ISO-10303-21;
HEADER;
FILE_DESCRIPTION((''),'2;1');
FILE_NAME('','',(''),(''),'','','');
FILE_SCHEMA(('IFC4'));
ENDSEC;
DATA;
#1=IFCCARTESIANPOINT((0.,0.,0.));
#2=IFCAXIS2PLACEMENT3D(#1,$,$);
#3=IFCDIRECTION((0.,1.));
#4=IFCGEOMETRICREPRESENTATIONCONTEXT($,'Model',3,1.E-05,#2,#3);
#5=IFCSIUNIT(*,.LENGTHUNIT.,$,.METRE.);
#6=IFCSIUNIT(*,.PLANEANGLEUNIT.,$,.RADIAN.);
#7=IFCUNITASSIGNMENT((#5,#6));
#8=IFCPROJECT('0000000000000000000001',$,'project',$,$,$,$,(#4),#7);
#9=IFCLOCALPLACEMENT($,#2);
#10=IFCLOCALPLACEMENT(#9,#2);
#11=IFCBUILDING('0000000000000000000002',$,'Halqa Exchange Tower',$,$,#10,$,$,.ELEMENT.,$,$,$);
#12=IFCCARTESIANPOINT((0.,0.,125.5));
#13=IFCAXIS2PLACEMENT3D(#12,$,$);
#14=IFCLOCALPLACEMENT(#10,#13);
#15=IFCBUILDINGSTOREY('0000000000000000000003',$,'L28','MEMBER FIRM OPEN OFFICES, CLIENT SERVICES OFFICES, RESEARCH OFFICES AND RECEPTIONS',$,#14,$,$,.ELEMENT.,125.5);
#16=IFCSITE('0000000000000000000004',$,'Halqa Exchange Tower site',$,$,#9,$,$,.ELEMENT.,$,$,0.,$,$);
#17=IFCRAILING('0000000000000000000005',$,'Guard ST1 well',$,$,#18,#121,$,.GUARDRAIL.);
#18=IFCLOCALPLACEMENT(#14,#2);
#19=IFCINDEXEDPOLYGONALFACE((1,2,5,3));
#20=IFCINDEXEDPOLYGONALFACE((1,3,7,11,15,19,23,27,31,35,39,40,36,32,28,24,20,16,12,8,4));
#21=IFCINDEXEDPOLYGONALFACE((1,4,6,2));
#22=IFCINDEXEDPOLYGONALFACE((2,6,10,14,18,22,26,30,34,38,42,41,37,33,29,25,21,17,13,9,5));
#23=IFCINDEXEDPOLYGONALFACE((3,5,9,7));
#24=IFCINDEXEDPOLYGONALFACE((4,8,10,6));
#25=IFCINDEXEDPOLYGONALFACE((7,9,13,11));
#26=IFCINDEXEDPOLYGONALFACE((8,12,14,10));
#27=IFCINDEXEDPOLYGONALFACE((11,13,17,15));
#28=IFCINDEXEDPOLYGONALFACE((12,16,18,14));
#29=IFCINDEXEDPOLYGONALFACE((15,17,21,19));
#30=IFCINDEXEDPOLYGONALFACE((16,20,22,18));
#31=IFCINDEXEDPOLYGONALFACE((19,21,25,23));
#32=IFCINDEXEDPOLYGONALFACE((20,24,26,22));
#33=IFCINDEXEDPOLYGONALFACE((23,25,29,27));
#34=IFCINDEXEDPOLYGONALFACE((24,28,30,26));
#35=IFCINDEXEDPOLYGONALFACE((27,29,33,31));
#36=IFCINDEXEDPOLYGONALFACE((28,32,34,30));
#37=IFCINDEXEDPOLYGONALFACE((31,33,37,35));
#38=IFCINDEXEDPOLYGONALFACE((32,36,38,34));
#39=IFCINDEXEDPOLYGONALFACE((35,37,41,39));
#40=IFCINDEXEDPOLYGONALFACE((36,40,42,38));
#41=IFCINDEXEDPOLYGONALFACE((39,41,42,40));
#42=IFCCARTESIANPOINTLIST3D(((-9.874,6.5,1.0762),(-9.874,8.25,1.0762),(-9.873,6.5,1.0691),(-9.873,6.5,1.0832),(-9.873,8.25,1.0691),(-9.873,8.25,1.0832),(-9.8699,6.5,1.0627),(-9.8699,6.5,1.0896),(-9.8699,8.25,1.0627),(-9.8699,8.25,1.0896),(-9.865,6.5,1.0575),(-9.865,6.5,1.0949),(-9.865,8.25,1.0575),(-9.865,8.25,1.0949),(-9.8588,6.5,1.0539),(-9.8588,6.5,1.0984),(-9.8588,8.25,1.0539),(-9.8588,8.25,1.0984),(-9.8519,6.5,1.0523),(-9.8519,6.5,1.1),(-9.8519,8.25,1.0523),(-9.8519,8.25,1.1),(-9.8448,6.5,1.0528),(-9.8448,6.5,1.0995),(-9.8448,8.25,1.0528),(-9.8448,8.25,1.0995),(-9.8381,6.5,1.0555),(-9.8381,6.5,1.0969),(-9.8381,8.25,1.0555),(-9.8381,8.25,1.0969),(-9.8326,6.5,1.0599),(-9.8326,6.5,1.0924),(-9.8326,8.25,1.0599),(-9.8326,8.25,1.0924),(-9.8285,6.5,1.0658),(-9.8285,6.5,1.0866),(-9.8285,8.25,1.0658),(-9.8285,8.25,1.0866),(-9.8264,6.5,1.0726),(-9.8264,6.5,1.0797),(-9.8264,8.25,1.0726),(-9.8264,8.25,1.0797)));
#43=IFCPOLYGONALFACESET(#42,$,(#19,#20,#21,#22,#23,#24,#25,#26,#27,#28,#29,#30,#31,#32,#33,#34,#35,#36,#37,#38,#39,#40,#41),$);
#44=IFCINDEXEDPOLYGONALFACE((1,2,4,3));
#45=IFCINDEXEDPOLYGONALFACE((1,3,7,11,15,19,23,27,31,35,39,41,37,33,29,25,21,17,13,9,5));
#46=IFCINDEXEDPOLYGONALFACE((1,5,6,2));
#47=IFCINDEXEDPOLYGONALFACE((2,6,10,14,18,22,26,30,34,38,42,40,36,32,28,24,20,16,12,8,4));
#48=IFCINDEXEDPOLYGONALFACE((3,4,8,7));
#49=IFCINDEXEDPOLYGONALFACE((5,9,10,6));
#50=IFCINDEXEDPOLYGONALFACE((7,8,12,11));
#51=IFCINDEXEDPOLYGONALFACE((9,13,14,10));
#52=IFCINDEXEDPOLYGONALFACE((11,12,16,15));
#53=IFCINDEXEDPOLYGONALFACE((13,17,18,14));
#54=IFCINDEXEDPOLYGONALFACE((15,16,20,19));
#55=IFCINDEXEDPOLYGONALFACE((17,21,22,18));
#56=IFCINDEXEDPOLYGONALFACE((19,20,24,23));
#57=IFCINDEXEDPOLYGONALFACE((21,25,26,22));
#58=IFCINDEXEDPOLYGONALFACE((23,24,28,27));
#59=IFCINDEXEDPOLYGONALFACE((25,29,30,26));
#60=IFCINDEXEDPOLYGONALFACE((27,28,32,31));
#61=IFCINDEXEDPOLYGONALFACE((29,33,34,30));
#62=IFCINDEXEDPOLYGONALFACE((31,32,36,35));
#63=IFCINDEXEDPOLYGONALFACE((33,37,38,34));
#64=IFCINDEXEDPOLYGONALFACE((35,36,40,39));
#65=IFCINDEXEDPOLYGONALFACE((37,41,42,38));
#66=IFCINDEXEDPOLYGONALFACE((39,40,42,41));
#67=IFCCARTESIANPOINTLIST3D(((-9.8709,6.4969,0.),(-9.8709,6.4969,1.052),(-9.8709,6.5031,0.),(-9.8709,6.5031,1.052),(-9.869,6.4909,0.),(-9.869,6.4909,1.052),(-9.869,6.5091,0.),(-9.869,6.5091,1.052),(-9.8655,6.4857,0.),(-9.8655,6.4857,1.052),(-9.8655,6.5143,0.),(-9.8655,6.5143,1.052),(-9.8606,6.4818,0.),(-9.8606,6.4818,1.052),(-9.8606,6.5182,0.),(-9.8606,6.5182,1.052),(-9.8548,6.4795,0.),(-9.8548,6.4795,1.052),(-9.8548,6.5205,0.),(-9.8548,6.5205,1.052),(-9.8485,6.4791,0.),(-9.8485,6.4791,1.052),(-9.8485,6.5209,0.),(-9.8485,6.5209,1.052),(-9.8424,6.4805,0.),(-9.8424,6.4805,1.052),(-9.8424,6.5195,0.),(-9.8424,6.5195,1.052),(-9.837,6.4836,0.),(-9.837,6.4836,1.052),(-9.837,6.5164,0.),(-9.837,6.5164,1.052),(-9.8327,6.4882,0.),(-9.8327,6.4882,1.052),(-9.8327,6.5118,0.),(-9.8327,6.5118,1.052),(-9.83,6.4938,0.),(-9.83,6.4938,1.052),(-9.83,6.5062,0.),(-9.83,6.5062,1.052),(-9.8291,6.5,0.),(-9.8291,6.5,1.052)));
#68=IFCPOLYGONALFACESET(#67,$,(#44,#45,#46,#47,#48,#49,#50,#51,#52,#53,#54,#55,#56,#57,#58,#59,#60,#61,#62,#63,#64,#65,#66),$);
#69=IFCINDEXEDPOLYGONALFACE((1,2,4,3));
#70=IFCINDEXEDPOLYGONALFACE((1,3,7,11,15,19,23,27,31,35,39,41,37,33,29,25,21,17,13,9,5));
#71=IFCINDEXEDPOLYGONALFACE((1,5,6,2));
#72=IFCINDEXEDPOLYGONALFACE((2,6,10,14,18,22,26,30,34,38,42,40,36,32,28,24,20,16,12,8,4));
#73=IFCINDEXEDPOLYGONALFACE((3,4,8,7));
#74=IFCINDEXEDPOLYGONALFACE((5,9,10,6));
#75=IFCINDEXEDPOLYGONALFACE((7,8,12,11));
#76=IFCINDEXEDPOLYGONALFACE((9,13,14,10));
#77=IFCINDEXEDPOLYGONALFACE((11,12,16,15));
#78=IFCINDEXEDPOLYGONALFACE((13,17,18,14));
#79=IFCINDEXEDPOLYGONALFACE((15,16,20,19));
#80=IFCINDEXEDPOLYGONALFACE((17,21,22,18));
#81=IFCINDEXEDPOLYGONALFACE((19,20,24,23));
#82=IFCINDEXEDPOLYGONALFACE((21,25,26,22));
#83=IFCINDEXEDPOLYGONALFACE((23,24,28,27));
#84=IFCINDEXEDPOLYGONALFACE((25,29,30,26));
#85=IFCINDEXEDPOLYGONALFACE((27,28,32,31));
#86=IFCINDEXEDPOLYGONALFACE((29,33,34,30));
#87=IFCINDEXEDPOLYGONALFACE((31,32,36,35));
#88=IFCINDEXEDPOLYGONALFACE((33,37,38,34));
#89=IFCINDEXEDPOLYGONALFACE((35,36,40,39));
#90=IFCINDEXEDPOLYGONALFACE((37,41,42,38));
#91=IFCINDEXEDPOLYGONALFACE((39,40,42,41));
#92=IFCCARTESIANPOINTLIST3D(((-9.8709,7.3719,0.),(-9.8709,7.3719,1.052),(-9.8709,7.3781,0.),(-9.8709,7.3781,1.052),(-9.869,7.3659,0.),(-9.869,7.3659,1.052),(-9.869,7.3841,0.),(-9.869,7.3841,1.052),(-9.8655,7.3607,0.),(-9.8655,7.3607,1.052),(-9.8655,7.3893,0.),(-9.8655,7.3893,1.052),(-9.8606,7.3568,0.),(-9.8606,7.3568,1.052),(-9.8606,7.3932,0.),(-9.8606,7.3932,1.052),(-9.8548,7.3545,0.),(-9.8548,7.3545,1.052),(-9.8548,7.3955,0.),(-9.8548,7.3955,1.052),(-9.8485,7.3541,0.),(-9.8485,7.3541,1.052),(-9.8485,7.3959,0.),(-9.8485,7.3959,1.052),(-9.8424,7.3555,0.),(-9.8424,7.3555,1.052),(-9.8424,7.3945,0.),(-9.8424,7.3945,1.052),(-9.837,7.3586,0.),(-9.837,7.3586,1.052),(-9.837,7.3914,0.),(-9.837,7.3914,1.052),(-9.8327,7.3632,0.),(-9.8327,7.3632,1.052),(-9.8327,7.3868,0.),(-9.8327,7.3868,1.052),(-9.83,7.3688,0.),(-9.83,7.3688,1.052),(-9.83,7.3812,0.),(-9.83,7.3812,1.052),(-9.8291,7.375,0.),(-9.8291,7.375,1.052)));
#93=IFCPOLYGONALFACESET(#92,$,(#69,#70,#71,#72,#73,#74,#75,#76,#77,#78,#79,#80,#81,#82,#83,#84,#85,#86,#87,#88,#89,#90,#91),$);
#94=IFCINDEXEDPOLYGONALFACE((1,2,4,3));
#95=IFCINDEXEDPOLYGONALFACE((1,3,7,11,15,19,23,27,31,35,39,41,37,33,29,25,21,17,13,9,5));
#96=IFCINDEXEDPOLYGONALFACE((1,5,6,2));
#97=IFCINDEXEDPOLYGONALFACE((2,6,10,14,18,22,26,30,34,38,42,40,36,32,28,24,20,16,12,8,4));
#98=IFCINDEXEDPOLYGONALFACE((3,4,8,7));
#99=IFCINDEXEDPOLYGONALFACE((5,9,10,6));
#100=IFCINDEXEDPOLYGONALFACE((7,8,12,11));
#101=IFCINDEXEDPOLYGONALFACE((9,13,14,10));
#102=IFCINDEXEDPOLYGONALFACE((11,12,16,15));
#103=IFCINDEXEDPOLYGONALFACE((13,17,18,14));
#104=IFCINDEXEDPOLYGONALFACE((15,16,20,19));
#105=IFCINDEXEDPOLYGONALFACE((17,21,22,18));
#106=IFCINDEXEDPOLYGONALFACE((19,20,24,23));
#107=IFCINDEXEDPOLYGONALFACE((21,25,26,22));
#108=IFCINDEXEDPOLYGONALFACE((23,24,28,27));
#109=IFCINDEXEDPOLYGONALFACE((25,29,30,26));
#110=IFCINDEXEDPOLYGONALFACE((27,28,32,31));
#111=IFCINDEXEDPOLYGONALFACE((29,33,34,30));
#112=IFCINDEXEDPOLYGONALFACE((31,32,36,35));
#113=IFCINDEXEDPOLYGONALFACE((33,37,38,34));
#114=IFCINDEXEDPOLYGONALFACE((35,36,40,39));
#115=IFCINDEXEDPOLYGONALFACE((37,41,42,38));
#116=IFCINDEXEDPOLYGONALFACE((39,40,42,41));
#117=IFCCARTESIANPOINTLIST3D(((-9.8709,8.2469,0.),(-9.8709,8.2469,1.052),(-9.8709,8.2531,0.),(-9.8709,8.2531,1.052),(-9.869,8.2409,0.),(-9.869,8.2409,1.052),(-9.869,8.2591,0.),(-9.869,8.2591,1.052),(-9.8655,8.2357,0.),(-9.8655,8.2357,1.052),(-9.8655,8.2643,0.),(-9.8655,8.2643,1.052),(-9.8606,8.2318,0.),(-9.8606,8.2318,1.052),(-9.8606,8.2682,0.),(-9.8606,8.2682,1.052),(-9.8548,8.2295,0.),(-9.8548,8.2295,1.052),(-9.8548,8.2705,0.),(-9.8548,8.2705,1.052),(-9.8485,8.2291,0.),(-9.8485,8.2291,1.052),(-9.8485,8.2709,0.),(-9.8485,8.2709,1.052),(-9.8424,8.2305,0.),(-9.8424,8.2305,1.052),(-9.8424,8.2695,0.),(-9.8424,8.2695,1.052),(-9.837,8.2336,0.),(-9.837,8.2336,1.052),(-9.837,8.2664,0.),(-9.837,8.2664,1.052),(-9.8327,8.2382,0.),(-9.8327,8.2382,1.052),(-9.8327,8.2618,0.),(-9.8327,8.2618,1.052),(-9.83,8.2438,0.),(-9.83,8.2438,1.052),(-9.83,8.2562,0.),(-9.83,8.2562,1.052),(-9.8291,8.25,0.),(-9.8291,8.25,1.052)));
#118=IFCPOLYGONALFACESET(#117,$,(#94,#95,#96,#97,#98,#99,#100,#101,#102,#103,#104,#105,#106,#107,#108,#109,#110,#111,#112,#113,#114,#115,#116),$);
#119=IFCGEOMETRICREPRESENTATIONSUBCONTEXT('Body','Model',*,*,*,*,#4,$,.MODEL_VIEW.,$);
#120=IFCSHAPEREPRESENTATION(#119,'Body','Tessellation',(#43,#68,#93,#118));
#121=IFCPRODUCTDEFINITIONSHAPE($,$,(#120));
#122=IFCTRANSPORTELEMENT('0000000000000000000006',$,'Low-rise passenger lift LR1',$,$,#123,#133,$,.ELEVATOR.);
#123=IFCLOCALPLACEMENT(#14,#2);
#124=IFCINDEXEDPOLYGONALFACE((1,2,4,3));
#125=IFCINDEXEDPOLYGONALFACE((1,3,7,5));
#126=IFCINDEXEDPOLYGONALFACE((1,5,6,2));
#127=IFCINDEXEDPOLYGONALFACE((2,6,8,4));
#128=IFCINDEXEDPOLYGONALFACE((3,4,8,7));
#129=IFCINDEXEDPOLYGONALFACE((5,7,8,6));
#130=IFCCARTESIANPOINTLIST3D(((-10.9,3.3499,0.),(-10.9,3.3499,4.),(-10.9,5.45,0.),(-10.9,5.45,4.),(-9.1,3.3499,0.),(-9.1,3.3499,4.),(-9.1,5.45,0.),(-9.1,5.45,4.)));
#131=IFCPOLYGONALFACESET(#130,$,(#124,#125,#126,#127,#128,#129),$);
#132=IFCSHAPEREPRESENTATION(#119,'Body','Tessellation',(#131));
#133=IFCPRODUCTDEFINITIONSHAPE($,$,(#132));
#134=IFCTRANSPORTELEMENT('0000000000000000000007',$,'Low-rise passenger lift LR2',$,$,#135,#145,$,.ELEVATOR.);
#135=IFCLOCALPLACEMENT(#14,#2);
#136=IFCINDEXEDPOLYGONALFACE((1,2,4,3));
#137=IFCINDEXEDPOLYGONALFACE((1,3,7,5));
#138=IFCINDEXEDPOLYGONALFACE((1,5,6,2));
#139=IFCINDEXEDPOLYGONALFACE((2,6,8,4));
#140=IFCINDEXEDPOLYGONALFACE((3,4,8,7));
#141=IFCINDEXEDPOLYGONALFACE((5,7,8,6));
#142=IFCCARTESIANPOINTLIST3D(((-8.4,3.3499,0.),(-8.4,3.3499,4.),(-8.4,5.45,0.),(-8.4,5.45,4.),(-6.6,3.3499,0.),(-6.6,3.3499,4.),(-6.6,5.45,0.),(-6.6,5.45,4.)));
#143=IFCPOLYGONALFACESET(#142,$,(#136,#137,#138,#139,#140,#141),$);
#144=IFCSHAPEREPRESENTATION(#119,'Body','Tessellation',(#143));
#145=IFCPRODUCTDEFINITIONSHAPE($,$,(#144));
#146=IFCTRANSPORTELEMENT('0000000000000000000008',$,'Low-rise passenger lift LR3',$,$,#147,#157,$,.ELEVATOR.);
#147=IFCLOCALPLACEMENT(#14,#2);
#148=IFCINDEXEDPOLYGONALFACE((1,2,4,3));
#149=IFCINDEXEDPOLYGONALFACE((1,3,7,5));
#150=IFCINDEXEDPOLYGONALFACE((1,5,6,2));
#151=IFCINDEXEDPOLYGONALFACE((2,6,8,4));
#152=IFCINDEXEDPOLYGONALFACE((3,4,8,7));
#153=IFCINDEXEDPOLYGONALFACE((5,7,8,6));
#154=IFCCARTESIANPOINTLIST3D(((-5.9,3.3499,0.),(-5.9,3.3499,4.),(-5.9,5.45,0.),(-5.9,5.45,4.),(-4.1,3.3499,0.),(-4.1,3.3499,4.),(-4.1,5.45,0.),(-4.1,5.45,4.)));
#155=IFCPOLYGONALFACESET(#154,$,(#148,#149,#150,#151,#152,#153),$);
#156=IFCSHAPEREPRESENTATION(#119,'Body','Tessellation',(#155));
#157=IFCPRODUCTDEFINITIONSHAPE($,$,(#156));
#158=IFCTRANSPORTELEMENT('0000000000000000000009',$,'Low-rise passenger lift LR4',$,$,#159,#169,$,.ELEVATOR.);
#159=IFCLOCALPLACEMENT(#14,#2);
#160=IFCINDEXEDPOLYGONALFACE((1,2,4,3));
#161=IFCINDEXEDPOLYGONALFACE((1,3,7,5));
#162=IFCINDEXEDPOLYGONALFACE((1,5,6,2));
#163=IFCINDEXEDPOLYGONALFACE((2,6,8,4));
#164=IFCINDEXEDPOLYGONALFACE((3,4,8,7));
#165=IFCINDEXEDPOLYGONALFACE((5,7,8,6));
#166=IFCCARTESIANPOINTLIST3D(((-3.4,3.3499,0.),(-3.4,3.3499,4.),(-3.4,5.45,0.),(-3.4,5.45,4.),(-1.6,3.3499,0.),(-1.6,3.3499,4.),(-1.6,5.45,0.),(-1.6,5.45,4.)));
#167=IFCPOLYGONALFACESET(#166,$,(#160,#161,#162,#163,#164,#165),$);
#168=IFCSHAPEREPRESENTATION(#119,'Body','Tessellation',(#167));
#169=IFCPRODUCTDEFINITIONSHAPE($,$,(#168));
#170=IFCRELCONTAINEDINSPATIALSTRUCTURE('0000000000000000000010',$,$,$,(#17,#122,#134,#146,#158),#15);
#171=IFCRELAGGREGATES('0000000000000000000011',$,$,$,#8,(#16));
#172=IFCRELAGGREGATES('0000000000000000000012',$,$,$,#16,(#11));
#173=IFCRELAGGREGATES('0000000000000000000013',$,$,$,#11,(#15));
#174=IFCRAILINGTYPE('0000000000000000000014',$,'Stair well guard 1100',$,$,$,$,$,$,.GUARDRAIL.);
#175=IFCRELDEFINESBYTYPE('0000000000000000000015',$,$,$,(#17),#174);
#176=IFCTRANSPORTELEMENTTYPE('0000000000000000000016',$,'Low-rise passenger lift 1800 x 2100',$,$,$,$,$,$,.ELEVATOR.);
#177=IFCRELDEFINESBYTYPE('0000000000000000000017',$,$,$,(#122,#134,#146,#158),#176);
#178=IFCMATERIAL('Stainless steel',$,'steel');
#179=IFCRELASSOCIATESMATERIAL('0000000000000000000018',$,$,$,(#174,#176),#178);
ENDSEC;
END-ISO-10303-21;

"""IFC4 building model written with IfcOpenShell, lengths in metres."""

from ifc_helpers import new_model, si_unit, direction, frame, origin, origin_2d, place, context, subcontext, project, spatial, rectangle, circle, extrude, material, type_object, element, save


model = new_model("IFC4")

# Units and contexts
model_context = context("Model", 3, precision=1e-05, world=origin(), true_north=direction((0.0, 1.0)))
body_context = subcontext(model_context, "Body", "Model", "MODEL_VIEW")
ifc_project = project(units=[si_unit("LENGTHUNIT", "METRE"), si_unit("PLANEANGLEUNIT", "RADIAN")], contexts=[model_context])

# Site, building, storey
site_placement = place(None, origin())
site = spatial("IfcSite", under=ifc_project, at=site_placement, Name="Halqa Exchange Tower site", CompositionType="ELEMENT", RefElevation=0.0)
building_placement = place(site_placement, origin())
building = spatial("IfcBuilding", under=site, at=building_placement, Name="Halqa Exchange Tower", CompositionType="ELEMENT")
storey_placement = place(building_placement, frame((0.0, 0.0, 125.5)))
storey = spatial("IfcBuildingStorey", under=building, at=storey_placement, Name="L28", Description="MEMBER FIRM OPEN OFFICES, CLIENT SERVICES OFFICES, RESEARCH OFFICES AND RECEPTIONS", CompositionType="ELEMENT", Elevation=125.5)

# Shared definitions
ifc_material_1 = material(Name="Stainless steel", Category="steel")

# Railing
railing_type_1 = type_object("IfcRailingType", Name="Stair well guard 1100", PredefinedType="GUARDRAIL", material=ifc_material_1)
railing_1_placement = place(storey_placement, frame((-9.8501, 6.5, 0.0)))
element("IfcRailing", 1, at=railing_1_placement, inside=storey, type_object=railing_type_1, Name="Guard ST1 well", PredefinedType="GUARDRAIL", context=body_context, shape_type="SweptSolid", body=[
    extrude(circle(Radius=0.0239, at=origin_2d()), frame((0.0, 0.0, 1.0762), z_axis=(0.0, 1.0, 0.0), x_axis=(-1.0, 0.0, 0.0)), (0.0, 0.0, 1.0), 1.75),
    extrude(circle(Radius=0.021, at=origin_2d()), origin(), (0.0, 0.0, 1.0), 1.052),
    extrude(circle(Radius=0.021, at=origin_2d()), frame((0.0, 0.875, 0.0)), (0.0, 0.0, 1.0), 1.052),
    extrude(circle(Radius=0.021, at=origin_2d()), frame((0.0, 1.75, 0.0)), (0.0, 0.0, 1.0), 1.052),
])

# Transport elements
transport_element_type = type_object("IfcTransportElementType", Name="Low-rise passenger lift 1800 x 2100", PredefinedType="ELEVATOR", material=ifc_material_1)
for number, where, z_axis, x_axis, name in (
    (2, (-10.0, 4.3999, 0.0), (0.0, 0.0, 1.0), (1.0, 0.0, 0.0), "Low-rise passenger lift LR1"),
    (3, (-7.5, 4.3999, 0.0), (0.0, 0.0, 1.0), (1.0, 0.0, 0.0), "Low-rise passenger lift LR2"),
    (4, (-5.0, 4.3999, 0.0), (0.0, 0.0, 1.0), (1.0, 0.0, 0.0), "Low-rise passenger lift LR3"),
    (5, (-2.5, 4.3999, 0.0), (0.0, 0.0, 1.0), (1.0, 0.0, 0.0), "Low-rise passenger lift LR4"),
):
    element("IfcTransportElement", number, at=place(storey_placement, frame(where, z_axis=z_axis, x_axis=x_axis)), inside=storey, type_object=transport_element_type, Name=name, PredefinedType="ELEVATOR", context=body_context, shape_type="SweptSolid", body=[
        extrude(rectangle(XDim=1.8, YDim=2.1001, at=origin_2d()), origin(), (0.0, 0.0, 1.0), 4.0),
    ])

save(model, "model.ifc")
